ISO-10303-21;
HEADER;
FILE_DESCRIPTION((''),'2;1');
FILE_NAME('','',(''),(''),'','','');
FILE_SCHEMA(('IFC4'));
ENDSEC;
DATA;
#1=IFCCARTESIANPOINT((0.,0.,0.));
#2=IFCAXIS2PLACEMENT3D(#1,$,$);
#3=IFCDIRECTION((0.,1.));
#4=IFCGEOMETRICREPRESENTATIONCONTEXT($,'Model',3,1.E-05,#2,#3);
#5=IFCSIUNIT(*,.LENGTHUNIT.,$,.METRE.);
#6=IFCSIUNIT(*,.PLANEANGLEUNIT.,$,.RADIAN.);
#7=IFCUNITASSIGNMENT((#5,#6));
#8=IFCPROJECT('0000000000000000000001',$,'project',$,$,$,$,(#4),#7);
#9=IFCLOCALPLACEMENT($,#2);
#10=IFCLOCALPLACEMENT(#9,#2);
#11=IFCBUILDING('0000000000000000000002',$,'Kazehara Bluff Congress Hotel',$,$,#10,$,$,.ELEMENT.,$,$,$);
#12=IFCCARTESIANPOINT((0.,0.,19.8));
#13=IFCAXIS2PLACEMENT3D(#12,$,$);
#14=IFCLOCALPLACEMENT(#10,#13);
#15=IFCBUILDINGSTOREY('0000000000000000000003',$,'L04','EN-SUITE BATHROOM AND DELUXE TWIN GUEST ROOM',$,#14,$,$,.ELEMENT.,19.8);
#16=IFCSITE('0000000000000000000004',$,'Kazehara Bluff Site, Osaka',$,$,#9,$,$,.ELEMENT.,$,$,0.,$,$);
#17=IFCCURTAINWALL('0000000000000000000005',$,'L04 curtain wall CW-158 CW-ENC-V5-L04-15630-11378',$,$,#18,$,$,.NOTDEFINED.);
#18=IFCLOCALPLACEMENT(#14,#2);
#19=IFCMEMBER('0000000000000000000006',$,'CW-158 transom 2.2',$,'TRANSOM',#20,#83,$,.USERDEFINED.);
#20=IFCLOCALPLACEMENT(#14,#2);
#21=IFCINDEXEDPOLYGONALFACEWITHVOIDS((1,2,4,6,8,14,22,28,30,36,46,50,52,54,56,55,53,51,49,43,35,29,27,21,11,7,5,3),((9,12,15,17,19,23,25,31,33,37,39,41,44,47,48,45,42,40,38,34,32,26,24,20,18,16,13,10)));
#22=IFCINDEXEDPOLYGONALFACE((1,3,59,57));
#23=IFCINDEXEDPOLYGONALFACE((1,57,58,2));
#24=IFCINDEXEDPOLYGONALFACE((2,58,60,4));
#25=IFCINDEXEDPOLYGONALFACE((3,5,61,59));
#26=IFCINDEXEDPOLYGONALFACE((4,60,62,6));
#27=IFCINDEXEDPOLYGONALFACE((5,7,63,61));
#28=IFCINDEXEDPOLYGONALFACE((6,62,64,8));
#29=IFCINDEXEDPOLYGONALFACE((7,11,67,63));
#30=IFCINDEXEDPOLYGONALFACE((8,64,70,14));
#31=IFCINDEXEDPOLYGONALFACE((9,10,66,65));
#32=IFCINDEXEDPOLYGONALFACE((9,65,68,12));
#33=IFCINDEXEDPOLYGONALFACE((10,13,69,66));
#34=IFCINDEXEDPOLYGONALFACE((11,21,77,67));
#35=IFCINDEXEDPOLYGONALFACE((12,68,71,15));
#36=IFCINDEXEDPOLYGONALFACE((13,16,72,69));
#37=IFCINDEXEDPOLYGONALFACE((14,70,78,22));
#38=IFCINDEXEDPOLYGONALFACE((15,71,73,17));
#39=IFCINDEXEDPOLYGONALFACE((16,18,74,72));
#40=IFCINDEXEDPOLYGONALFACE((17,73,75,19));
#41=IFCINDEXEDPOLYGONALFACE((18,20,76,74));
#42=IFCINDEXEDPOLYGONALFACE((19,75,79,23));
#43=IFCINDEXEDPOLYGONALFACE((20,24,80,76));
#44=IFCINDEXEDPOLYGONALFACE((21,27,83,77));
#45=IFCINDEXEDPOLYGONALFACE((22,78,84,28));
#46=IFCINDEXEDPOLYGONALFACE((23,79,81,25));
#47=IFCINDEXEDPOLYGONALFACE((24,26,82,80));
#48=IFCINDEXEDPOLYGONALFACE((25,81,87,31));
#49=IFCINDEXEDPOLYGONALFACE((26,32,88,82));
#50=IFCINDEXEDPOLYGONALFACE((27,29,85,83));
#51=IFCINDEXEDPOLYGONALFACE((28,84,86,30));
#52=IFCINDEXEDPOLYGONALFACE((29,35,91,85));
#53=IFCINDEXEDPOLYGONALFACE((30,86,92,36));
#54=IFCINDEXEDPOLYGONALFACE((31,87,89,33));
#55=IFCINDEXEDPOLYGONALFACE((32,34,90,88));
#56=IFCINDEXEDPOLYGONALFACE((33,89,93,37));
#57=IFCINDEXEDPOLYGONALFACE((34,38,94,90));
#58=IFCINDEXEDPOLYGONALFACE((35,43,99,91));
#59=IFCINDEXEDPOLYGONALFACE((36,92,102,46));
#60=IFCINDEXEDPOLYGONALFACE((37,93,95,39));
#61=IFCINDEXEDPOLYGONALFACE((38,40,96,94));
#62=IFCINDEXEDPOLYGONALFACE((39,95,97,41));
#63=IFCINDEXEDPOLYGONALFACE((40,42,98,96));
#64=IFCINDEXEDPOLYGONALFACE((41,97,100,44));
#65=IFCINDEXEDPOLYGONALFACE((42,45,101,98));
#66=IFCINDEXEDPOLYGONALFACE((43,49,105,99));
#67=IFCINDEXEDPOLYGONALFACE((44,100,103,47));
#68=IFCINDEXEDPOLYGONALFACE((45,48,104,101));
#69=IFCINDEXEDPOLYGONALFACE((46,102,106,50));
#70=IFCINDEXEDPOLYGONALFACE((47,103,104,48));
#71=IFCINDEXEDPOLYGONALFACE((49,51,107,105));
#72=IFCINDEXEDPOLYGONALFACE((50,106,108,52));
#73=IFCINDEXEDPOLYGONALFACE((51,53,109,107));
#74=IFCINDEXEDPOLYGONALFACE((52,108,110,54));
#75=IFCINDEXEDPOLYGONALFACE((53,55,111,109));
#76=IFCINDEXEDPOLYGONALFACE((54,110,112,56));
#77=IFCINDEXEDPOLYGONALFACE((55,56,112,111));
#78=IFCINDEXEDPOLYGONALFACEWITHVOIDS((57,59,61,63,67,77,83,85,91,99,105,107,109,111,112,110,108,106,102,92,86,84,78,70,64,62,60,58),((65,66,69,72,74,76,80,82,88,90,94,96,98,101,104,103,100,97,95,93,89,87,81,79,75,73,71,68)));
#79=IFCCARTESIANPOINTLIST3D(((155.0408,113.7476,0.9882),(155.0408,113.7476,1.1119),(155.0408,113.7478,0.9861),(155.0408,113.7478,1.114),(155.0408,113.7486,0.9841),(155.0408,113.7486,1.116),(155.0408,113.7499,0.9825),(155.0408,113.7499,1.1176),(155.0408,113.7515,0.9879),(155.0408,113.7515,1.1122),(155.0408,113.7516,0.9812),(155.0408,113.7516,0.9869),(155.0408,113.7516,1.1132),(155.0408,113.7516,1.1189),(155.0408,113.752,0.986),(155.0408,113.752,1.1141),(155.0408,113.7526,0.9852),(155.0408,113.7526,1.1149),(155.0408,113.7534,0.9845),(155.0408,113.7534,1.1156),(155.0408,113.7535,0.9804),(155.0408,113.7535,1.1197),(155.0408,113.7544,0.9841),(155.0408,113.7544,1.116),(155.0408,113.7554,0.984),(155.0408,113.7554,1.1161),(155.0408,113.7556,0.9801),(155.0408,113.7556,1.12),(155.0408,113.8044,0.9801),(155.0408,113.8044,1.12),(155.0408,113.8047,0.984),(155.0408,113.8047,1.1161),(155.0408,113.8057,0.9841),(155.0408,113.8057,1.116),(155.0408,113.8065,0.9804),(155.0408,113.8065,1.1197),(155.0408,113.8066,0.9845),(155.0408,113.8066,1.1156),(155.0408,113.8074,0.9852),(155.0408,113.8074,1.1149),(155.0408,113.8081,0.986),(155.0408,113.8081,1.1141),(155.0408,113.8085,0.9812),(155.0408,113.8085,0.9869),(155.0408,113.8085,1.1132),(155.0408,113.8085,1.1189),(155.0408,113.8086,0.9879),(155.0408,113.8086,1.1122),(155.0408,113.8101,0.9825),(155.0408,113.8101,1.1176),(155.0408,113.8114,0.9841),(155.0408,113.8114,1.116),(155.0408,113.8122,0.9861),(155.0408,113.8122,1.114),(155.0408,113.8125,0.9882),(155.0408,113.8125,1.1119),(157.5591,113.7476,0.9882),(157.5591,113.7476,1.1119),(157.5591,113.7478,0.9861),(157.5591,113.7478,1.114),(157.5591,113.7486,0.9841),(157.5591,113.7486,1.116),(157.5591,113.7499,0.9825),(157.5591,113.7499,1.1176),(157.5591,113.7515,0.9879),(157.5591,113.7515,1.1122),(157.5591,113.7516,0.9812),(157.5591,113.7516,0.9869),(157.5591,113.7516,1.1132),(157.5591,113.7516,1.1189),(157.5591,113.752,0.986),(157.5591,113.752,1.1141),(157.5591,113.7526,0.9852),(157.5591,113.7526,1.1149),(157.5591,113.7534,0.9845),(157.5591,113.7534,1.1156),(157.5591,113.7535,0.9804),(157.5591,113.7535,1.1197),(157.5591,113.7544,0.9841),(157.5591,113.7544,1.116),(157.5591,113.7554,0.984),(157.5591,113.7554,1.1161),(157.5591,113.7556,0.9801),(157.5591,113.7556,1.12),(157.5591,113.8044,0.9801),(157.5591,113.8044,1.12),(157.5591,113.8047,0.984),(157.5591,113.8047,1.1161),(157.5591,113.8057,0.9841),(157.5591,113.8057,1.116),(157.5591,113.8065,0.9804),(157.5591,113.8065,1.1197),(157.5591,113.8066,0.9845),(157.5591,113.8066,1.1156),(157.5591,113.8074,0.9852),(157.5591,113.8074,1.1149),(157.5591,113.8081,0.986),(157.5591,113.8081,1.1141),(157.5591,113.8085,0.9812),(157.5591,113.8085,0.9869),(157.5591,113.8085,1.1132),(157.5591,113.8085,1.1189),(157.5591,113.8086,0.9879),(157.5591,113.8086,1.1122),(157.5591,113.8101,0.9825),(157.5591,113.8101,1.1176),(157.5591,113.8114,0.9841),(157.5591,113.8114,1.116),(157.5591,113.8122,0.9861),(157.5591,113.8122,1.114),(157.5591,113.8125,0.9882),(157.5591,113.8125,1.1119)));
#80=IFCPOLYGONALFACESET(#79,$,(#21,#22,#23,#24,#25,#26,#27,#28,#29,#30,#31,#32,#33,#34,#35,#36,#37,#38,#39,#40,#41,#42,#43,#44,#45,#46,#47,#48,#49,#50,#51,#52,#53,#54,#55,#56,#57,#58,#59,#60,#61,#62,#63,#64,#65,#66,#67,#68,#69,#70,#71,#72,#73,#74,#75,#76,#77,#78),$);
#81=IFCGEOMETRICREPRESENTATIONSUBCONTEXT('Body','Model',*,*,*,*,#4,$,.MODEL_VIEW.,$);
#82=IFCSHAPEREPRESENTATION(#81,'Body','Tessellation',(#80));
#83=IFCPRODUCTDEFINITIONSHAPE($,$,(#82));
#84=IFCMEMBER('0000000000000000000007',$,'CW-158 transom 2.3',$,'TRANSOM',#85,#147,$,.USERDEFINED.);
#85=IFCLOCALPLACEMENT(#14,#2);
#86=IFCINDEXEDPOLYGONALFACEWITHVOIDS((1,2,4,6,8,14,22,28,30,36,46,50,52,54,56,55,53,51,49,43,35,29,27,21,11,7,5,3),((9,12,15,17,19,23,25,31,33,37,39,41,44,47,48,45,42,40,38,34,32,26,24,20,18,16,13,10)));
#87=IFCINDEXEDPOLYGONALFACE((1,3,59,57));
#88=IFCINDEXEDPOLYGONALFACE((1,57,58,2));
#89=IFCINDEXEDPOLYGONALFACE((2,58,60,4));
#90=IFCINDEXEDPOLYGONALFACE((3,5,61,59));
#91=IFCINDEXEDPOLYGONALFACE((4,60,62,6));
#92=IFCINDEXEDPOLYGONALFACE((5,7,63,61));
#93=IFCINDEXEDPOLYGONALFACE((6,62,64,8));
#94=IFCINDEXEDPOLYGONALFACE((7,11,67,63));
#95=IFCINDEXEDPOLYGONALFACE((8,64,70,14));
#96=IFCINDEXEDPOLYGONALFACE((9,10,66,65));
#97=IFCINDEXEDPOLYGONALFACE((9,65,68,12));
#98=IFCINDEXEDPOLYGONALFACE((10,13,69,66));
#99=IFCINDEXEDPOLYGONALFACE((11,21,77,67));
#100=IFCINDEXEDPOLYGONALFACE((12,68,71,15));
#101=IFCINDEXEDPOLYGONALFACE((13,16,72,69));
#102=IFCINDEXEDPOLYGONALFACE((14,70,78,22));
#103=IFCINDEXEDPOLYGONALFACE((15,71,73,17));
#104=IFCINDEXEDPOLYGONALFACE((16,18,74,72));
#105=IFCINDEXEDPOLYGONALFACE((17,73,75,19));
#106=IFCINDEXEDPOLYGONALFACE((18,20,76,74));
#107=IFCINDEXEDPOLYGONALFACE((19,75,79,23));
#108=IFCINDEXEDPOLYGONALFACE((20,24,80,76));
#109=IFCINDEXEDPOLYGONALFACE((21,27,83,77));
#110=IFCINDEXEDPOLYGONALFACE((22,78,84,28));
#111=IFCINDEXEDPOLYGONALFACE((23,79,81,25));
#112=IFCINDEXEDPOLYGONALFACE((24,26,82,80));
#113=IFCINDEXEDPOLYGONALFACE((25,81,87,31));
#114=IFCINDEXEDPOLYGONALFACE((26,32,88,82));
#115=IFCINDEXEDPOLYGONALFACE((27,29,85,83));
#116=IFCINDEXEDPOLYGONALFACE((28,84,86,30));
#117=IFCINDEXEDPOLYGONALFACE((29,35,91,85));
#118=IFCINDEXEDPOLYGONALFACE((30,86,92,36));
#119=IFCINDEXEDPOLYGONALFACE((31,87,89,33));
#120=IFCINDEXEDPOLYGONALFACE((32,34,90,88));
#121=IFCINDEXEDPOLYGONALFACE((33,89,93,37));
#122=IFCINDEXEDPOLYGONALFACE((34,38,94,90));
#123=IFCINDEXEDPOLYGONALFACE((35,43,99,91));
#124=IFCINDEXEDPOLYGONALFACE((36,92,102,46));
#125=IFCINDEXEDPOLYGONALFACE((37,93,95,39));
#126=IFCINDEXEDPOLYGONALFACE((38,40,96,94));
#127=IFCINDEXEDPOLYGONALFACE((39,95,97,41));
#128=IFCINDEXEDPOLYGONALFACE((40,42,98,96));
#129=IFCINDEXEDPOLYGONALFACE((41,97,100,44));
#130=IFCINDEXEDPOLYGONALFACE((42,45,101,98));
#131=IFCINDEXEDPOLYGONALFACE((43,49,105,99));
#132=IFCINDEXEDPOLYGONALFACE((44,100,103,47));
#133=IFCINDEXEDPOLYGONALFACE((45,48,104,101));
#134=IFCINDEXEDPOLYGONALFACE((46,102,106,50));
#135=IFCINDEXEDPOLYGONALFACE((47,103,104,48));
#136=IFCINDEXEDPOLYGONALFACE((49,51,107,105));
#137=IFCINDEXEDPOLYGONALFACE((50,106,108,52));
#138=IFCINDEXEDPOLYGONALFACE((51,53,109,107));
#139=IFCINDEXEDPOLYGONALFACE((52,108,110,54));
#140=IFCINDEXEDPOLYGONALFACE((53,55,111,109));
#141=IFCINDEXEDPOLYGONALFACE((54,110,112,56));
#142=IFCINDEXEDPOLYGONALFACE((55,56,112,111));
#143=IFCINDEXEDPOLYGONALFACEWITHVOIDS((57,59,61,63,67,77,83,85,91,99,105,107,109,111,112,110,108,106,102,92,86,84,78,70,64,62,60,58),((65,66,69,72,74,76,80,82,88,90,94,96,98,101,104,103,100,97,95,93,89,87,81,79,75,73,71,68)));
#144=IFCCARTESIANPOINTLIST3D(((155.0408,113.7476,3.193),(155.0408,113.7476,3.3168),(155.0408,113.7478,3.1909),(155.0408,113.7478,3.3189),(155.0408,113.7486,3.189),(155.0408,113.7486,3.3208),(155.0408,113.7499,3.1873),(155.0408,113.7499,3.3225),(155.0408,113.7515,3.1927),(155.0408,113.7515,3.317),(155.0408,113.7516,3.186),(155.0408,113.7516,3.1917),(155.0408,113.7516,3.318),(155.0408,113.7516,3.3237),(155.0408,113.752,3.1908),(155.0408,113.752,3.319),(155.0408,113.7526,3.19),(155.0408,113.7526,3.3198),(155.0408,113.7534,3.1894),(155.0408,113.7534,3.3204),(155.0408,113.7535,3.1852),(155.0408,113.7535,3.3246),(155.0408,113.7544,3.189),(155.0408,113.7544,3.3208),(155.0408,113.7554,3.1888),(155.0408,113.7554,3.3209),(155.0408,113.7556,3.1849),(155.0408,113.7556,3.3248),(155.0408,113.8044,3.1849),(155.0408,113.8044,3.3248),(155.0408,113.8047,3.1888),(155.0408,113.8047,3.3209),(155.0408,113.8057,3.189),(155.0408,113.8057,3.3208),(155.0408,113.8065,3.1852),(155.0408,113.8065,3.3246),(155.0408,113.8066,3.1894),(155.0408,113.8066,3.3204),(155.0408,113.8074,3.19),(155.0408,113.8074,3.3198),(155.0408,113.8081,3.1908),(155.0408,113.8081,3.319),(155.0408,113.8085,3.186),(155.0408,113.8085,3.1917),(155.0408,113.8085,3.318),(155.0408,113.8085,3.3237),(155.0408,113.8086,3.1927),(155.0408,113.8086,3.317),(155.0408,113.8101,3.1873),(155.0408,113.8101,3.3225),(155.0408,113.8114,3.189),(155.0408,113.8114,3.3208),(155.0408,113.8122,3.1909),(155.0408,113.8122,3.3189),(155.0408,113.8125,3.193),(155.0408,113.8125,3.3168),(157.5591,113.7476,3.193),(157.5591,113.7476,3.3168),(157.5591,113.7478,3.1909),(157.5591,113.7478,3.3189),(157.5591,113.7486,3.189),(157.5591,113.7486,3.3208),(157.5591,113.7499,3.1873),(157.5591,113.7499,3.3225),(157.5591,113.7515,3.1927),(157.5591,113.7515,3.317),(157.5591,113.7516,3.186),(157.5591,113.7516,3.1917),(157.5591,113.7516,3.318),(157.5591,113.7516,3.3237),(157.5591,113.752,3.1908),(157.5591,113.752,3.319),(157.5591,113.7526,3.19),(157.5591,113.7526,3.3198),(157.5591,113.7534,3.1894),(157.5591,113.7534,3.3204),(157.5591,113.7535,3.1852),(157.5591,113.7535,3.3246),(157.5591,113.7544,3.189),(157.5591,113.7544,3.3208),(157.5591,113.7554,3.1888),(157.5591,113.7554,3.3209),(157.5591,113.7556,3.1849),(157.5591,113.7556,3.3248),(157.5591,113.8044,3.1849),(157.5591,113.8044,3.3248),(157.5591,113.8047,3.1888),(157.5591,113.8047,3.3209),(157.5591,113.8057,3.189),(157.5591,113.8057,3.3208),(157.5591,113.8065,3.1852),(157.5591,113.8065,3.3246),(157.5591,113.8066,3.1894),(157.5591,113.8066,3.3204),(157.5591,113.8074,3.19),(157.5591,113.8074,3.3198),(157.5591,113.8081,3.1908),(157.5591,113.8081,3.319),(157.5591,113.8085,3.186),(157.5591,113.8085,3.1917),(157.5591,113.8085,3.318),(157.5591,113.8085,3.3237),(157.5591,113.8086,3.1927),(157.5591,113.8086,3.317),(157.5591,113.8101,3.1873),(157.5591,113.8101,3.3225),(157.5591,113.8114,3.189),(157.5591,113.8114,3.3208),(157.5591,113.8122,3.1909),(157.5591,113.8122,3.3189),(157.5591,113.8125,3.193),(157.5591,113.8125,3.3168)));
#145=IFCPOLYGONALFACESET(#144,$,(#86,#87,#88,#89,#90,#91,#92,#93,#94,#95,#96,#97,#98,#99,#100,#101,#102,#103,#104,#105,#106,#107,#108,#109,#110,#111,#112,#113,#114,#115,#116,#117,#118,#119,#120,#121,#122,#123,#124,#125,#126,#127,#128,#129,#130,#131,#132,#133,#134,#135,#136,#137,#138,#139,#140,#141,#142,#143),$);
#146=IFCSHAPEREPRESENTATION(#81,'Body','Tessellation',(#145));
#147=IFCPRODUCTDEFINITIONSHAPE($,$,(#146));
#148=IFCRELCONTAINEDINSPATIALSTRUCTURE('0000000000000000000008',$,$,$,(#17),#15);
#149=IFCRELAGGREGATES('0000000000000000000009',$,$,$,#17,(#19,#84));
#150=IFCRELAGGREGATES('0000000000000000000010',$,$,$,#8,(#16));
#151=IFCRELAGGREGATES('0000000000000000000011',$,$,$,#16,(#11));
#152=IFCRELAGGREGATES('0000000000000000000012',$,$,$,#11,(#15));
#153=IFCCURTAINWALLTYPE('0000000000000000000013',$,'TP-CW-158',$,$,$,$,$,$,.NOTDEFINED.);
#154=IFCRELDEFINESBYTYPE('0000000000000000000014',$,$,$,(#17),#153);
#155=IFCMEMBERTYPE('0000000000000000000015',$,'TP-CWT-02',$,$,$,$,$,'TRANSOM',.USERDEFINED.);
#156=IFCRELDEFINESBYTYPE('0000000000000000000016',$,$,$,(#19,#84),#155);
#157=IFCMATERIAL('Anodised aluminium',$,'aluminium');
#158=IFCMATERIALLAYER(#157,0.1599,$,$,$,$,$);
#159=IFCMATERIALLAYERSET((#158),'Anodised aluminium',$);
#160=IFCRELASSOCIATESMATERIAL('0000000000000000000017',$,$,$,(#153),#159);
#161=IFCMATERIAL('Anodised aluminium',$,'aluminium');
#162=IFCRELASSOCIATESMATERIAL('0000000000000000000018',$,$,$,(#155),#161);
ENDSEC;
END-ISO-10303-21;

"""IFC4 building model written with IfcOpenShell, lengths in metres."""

from ifc_helpers import new_model, si_unit, direction, frame, origin, origin_2d, place, context, subcontext, project, spatial, hollow_rectangle, extrude, material, layer, layer_set, material_profile, profile_set, type_object, element, aggregate, save


model = new_model("IFC4")

# Units and contexts
model_context = context("Model", 3, precision=1e-05, world=origin(), true_north=direction((0.0, 1.0)))
body_context = subcontext(model_context, "Body", "Model", "MODEL_VIEW")
ifc_project = project(units=[si_unit("LENGTHUNIT", "METRE"), si_unit("PLANEANGLEUNIT", "RADIAN")], contexts=[model_context])

# Site, building, storey
site_placement = place(None, origin())
site = spatial("IfcSite", under=ifc_project, at=site_placement, Name="Kazehara Bluff Site, Osaka", CompositionType="ELEMENT", RefElevation=0.0)
building_placement = place(site_placement, origin())
building = spatial("IfcBuilding", under=site, at=building_placement, Name="Kazehara Bluff Congress Hotel", CompositionType="ELEMENT")
storey_placement = place(building_placement, frame((0.0, 0.0, 19.8)))
storey = spatial("IfcBuildingStorey", under=building, at=storey_placement, Name="L04", Description="EN-SUITE BATHROOM AND DELUXE TWIN GUEST ROOM", CompositionType="ELEMENT", Elevation=19.8)

# Curtain wall, members
ifc_material_1 = material(Name="Anodised aluminium", Category="aluminium")
ifc_layer_1 = layer(ifc_material_1, 0.1599)
ifc_layer_set_1 = layer_set([ifc_layer_1], Name="Anodised aluminium")
curtain_wall_type = type_object("IfcCurtainWallType", Name="TP-CW-158", PredefinedType="NOTDEFINED", material=ifc_layer_set_1)
curtain_wall_placement = place(storey_placement, origin())
curtain_wall = element("IfcCurtainWall", 1, at=curtain_wall_placement, inside=storey, type_object=curtain_wall_type, Name="L04 curtain wall CW-158 CW-ENC-V5-L04-15630-11378", PredefinedType="NOTDEFINED")
ifc_material_2 = material(Name="Anodised aluminium", Category="aluminium")
ifc_material_profile_1 = material_profile(ifc_material_2, hollow_rectangle(XDim=0.0649, YDim=0.1399, WallThickness=0.0039, InnerFilletRadius=0.0039, OuterFilletRadius=0.0081, at=origin_2d()))
ifc_profile_set_1 = profile_set([ifc_material_profile_1], Name="Anodised aluminium")
member_type_1 = type_object("IfcMemberType", Name="TP-CWT-02", ElementType="TRANSOM", PredefinedType="USERDEFINED", material=ifc_profile_set_1)
member_1_placement = place(storey_placement, frame((155.0408, 113.78, 1.05), z_axis=(1.0, 0.0, 0.0), x_axis=(0.0, 1.0, 0.0)))
member_1 = element("IfcMember", 2, at=member_1_placement, type_object=member_type_1, Name="CW-158 transom 2.2", ObjectType="TRANSOM", PredefinedType="USERDEFINED", context=body_context, shape_type="SweptSolid", body=[
    extrude(hollow_rectangle(XDim=0.0649, YDim=0.1399, WallThickness=0.0039, InnerFilletRadius=0.0039, OuterFilletRadius=0.0081, at=origin_2d()), origin(), (0.0, 0.0, 1.0), 2.5183),
])
member_2_placement = place(storey_placement, frame((155.0408, 113.78, 3.2549), z_axis=(1.0, 0.0, 0.0), x_axis=(0.0, 1.0, 0.0)))
member_2 = element("IfcMember", 3, at=member_2_placement, type_object=member_type_1, Name="CW-158 transom 2.3", ObjectType="TRANSOM", PredefinedType="USERDEFINED", context=body_context, shape_type="SweptSolid", body=[
    extrude(hollow_rectangle(XDim=0.0649, YDim=0.1399, WallThickness=0.0039, InnerFilletRadius=0.0039, OuterFilletRadius=0.0081, at=origin_2d()), origin(), (0.0, 0.0, 1.0), 2.5183),
])
aggregate(curtain_wall, [member_1, member_2])

save(model, "model.ifc")
